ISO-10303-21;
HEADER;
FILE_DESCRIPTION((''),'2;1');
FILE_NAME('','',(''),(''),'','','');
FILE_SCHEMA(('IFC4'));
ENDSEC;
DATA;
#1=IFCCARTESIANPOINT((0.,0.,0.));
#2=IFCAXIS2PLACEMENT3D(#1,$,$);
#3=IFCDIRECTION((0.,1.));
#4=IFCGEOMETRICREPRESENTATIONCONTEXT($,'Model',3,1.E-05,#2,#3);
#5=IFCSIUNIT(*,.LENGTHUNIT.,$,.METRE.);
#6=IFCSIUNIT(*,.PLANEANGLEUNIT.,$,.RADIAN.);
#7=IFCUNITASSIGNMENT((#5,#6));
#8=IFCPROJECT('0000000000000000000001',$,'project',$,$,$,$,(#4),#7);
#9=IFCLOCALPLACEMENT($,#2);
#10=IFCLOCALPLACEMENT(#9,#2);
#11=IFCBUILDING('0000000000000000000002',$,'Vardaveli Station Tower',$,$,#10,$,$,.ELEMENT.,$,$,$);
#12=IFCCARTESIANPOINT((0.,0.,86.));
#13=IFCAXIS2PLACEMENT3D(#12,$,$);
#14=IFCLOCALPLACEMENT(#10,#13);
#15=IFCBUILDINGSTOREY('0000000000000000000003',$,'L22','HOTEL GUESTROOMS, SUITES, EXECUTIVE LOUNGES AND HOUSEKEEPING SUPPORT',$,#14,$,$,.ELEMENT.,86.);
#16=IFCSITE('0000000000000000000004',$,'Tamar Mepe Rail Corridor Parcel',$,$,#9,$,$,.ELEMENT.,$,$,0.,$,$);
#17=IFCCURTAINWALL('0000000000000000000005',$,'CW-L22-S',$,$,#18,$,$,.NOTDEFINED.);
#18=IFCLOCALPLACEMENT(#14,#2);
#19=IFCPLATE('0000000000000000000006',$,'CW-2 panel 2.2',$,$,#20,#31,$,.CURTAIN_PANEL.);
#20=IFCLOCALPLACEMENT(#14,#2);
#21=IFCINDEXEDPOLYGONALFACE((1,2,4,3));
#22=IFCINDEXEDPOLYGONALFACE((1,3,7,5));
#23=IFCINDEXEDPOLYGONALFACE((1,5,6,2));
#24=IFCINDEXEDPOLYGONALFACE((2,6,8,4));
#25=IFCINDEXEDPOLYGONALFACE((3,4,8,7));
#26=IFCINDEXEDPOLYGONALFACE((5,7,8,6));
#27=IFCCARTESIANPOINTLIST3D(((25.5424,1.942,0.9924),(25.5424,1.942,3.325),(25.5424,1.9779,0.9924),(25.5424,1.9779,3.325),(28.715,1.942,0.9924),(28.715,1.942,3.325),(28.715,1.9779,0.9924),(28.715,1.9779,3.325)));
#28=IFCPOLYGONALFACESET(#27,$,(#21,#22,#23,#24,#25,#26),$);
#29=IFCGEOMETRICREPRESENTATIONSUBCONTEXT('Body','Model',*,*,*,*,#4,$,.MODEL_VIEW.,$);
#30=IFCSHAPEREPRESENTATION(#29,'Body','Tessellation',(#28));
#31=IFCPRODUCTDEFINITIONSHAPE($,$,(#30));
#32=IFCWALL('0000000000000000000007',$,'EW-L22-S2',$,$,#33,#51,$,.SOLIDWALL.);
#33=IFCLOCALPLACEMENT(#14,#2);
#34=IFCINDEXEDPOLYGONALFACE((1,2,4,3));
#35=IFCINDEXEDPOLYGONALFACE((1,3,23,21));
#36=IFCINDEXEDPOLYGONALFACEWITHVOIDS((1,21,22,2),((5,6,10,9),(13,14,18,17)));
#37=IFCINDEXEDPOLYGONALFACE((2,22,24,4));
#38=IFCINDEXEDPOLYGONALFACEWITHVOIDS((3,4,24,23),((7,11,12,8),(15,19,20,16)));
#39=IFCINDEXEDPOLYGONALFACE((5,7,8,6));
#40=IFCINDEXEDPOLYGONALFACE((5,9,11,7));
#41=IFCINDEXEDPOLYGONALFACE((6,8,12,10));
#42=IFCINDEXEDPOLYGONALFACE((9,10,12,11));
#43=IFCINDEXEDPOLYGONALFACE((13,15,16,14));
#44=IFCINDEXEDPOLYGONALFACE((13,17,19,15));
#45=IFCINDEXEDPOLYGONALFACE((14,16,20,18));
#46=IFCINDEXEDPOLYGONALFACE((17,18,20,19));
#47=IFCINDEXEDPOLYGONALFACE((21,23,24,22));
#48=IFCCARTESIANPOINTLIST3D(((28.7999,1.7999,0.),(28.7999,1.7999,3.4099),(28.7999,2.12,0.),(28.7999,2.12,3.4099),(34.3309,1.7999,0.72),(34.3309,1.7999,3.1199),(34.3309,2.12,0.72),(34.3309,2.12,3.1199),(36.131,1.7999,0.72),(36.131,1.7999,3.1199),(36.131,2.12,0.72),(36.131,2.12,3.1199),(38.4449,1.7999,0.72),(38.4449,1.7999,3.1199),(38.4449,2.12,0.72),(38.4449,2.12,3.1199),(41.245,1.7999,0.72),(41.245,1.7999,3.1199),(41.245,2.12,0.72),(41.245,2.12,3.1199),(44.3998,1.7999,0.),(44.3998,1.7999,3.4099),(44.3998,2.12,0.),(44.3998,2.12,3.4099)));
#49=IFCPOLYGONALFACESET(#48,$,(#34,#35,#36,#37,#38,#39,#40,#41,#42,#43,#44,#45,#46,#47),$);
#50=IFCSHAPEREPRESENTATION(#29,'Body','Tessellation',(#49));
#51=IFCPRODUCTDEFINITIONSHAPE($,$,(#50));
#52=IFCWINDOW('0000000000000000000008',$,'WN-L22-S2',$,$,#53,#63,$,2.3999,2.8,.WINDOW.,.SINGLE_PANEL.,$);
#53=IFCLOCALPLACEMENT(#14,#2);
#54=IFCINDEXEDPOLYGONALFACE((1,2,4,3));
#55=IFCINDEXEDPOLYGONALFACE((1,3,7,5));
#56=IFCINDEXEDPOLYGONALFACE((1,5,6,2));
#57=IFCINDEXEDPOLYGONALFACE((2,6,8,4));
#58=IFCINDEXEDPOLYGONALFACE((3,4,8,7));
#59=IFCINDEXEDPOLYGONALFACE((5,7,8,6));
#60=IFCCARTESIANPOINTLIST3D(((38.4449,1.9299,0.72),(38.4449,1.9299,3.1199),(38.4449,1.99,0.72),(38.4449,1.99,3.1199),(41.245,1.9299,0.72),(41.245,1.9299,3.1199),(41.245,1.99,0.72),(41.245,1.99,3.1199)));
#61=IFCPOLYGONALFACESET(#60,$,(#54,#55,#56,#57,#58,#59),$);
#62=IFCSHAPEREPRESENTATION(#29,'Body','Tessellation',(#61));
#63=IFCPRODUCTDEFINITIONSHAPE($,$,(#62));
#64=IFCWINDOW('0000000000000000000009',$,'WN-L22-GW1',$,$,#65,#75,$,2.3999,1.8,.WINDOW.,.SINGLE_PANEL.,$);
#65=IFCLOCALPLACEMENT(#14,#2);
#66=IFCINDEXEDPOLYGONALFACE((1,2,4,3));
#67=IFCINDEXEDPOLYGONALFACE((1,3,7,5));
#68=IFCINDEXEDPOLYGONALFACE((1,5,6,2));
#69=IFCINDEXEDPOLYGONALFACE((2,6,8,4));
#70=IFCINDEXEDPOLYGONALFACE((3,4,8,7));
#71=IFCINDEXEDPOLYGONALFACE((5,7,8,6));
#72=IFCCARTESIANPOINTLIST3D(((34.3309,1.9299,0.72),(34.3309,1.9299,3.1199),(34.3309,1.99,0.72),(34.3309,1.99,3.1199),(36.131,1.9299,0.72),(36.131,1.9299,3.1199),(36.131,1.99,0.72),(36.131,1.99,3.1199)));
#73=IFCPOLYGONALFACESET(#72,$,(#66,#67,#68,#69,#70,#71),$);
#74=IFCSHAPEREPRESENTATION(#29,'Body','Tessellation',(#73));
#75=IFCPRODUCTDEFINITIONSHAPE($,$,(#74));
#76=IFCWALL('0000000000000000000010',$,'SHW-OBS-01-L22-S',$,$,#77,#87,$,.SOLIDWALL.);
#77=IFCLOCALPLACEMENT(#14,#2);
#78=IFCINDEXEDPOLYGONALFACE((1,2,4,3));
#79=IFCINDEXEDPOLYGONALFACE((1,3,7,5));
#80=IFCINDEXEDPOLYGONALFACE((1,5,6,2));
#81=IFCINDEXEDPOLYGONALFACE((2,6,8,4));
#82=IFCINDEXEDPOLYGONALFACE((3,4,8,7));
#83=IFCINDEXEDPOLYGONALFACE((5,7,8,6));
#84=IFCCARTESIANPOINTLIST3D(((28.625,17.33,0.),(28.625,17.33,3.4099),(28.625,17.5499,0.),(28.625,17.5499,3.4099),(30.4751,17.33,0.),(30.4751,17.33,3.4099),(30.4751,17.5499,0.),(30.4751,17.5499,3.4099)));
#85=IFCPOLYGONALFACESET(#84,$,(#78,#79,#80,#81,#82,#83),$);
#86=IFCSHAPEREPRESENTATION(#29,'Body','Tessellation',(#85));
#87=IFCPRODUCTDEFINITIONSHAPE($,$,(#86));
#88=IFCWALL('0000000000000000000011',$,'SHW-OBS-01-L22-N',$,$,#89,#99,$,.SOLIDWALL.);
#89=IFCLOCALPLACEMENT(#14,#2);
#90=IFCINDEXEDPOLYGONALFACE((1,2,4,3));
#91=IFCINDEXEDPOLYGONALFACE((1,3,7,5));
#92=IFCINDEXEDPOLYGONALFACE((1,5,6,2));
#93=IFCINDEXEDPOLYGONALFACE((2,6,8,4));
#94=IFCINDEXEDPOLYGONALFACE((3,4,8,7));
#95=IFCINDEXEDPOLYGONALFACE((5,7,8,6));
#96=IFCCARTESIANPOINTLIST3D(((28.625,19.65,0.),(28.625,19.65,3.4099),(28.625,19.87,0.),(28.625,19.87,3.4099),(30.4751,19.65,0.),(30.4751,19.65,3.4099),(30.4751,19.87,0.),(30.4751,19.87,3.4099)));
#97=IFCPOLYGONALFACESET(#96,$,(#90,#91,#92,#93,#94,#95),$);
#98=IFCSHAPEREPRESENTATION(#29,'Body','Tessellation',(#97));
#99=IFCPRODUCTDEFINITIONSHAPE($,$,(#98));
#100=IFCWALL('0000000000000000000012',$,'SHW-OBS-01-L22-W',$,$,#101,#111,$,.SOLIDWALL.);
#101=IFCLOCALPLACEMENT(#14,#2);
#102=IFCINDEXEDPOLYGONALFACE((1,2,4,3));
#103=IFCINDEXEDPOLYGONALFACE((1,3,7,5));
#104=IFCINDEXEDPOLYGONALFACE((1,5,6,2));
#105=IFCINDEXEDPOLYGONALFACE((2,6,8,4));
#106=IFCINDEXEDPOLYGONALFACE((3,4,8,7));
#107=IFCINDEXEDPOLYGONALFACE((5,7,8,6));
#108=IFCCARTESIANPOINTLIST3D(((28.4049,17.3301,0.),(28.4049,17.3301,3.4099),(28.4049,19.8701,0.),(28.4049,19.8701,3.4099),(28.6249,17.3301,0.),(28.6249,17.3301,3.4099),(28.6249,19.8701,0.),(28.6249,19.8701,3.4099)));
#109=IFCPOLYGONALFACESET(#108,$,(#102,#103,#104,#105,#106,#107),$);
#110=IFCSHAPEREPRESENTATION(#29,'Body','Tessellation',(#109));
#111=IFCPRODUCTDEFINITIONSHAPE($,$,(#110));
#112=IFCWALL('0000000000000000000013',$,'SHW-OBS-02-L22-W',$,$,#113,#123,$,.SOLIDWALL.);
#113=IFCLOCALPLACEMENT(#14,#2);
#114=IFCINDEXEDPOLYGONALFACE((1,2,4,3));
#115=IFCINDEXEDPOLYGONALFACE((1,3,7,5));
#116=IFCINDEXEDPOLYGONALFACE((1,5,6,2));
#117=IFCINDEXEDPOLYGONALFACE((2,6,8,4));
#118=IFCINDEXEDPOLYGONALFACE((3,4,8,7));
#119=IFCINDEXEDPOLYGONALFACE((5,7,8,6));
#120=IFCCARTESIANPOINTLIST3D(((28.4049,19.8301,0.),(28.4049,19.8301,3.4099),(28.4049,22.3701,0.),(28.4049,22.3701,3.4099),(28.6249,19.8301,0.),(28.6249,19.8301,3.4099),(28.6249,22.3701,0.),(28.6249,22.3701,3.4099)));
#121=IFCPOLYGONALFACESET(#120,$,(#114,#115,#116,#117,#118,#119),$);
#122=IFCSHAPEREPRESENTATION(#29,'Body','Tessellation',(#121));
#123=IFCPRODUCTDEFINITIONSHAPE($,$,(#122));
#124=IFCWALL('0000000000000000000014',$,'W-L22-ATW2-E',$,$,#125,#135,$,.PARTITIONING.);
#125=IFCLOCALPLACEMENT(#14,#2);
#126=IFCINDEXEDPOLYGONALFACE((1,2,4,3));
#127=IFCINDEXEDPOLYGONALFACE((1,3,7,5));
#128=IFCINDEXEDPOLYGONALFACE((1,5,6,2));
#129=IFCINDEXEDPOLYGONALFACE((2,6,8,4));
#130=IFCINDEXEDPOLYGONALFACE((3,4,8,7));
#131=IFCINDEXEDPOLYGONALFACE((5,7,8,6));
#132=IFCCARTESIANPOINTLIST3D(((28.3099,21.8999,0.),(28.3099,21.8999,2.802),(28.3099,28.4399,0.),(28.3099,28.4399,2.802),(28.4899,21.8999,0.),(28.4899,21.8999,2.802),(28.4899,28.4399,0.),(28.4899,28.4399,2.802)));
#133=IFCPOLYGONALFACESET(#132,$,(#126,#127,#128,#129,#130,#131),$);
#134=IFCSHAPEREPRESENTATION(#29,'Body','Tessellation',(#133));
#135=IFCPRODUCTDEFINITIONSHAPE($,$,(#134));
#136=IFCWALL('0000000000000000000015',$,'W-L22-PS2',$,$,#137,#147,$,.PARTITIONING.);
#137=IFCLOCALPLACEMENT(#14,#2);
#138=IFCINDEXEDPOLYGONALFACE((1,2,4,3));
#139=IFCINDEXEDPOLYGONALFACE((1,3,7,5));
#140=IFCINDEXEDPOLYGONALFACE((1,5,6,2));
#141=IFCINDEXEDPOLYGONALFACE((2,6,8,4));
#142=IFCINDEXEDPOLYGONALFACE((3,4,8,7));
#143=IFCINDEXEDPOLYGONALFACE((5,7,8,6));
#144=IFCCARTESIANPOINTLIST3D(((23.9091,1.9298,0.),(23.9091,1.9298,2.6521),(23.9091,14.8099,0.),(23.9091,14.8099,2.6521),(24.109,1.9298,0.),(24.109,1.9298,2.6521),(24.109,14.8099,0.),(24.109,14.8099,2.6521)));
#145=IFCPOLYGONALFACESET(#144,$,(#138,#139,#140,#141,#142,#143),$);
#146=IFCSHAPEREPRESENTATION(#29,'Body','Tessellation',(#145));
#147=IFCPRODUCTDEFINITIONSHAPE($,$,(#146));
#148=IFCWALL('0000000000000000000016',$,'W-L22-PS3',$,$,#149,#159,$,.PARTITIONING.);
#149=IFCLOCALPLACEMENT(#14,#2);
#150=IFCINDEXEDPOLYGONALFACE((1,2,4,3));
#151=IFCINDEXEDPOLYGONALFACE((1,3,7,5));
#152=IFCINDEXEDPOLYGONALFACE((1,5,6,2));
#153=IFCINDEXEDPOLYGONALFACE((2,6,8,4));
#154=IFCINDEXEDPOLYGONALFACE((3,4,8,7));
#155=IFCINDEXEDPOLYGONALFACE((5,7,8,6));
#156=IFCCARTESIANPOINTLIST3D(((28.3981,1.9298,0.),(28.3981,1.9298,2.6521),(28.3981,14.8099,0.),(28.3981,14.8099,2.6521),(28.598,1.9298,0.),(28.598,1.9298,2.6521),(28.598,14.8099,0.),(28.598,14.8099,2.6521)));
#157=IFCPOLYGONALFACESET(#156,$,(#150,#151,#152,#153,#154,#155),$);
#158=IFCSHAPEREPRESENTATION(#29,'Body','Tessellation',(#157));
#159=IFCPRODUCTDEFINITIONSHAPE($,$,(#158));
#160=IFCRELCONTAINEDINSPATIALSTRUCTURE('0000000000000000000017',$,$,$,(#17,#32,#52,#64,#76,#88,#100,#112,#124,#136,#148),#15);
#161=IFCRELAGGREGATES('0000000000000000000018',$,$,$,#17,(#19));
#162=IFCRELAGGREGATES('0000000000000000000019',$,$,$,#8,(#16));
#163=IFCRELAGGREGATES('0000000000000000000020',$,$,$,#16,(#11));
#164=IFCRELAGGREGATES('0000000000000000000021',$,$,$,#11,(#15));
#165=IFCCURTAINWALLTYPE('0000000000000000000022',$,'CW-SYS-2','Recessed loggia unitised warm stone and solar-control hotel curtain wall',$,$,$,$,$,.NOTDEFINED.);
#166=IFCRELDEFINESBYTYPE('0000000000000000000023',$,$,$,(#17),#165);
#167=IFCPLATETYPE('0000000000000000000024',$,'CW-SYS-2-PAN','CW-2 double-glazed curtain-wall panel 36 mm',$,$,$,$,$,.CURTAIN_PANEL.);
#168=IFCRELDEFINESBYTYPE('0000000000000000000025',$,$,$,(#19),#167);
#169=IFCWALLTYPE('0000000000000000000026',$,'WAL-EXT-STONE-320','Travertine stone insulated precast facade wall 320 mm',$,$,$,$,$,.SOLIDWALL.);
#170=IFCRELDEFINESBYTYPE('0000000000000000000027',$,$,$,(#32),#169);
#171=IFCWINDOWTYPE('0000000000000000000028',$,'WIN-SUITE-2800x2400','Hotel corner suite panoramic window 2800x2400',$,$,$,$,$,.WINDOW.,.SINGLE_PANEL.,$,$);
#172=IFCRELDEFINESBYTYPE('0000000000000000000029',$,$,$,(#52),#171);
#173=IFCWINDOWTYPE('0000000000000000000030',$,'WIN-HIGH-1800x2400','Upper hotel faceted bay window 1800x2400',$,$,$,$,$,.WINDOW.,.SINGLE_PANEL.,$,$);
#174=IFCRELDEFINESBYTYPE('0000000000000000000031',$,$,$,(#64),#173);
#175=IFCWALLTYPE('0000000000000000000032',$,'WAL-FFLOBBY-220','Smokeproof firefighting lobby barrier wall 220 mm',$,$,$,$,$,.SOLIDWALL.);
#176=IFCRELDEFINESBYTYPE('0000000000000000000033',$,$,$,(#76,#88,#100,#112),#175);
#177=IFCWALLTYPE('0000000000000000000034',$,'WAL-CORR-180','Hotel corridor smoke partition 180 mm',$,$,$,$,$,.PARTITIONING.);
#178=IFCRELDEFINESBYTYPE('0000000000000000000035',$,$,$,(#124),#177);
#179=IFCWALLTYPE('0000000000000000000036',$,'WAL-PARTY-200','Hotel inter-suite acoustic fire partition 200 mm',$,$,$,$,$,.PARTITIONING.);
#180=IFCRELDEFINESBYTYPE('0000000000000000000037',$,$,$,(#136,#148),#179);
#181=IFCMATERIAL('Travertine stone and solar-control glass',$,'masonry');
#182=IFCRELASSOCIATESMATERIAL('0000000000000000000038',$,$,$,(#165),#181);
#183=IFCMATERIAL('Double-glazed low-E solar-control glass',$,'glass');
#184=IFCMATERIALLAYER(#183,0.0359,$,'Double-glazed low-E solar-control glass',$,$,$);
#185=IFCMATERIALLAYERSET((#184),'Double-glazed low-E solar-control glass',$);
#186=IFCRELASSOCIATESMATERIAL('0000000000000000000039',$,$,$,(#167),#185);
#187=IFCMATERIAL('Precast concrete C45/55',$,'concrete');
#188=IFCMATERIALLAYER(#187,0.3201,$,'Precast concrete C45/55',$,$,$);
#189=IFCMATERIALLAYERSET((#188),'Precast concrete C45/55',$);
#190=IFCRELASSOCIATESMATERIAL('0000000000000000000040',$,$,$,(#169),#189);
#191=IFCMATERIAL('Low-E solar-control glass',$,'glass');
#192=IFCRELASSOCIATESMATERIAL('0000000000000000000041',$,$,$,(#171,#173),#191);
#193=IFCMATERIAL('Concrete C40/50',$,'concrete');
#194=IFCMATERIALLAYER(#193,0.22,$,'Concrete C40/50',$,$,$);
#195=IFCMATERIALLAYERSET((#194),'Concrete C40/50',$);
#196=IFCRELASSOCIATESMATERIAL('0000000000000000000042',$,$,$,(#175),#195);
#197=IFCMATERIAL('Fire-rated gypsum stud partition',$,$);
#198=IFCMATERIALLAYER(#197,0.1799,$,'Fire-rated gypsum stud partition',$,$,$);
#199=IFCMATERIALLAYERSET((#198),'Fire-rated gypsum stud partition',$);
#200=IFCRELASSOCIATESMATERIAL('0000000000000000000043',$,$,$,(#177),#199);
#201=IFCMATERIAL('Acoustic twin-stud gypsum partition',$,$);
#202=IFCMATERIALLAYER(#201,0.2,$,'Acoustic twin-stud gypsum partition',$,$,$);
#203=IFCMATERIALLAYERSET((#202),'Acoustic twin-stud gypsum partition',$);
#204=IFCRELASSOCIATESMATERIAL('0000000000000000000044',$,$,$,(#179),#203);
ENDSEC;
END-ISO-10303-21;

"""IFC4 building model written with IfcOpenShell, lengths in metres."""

from ifc_helpers import new_model, si_unit, direction, frame, frame_2d, origin, origin_2d, place, context, subcontext, project, spatial, rectangle, extrude, source, transform, mapped, material, layer, layer_set, type_object, element, fill, aggregate, save


model = new_model("IFC4")

# Units and contexts
model_context = context("Model", 3, precision=1e-05, world=origin(), true_north=direction((0.0, 1.0)))
body_context = subcontext(model_context, "Body", "Model", "MODEL_VIEW")
ifc_project = project(units=[si_unit("LENGTHUNIT", "METRE"), si_unit("PLANEANGLEUNIT", "RADIAN")], contexts=[model_context])

# Site, building, storey
site_placement = place(None, origin())
site = spatial("IfcSite", under=ifc_project, at=site_placement, Name="Tamar Mepe Rail Corridor Parcel", CompositionType="ELEMENT", RefElevation=0.0)
building_placement = place(site_placement, origin())
building = spatial("IfcBuilding", under=site, at=building_placement, Name="Vardaveli Station Tower", CompositionType="ELEMENT")
storey_placement = place(building_placement, frame((0.0, 0.0, 86.0)))
storey = spatial("IfcBuildingStorey", under=building, at=storey_placement, Name="L22", Description="HOTEL GUESTROOMS, SUITES, EXECUTIVE LOUNGES AND HOUSEKEEPING SUPPORT", CompositionType="ELEMENT", Elevation=86.0)

# Curtain wall, plate
ifc_material_1 = material(Name="Travertine stone and solar-control glass", Category="masonry")
curtain_wall_type = type_object("IfcCurtainWallType", Name="CW-SYS-2", Description="Recessed loggia unitised warm stone and solar-control hotel curtain wall", PredefinedType="NOTDEFINED", material=ifc_material_1)
curtain_wall_placement = place(storey_placement, origin())
curtain_wall = element("IfcCurtainWall", 1, at=curtain_wall_placement, inside=storey, type_object=curtain_wall_type, Name="CW-L22-S", PredefinedType="NOTDEFINED")
ifc_material_2 = material(Name="Double-glazed low-E solar-control glass", Category="glass")
ifc_layer_1 = layer(ifc_material_2, 0.0359, Name="Double-glazed low-E solar-control glass")
ifc_layer_set_1 = layer_set([ifc_layer_1], Name="Double-glazed low-E solar-control glass")
plate_type = type_object("IfcPlateType", Name="CW-SYS-2-PAN", Description="CW-2 double-glazed curtain-wall panel 36 mm", PredefinedType="CURTAIN_PANEL", material=ifc_layer_set_1)
shared_shape_1 = source(origin(), body_context, "Body", "SweptSolid", [
    extrude(rectangle(XDim=3.1726, YDim=0.0359, at=origin_2d()), origin(), (0.0, 0.0, 1.0), 2.3325),
])
plate_1_placement = place(storey_placement, frame((27.1287, 1.96, 0.9924), z_axis=(0.0, 0.0, 1.0), x_axis=(1.0, 0.0, 0.0)))
plate_1 = element("IfcPlate", 2, at=plate_1_placement, type_object=plate_type, Name="CW-2 panel 2.2", PredefinedType="CURTAIN_PANEL", context=body_context, shape_type="MappedRepresentation", body=[
    mapped(shared_shape_1, transform((0.0, 0.0, 0.0), scale=1.0)),
])
aggregate(curtain_wall, [plate_1])

# Wall, openings, windows
ifc_material_3 = material(Name="Precast concrete C45/55", Category="concrete")
ifc_layer_2 = layer(ifc_material_3, 0.3201, Name="Precast concrete C45/55")
ifc_layer_set_2 = layer_set([ifc_layer_2], Name="Precast concrete C45/55")
wall_type_1 = type_object("IfcWallType", Name="WAL-EXT-STONE-320", Description="Travertine stone insulated precast facade wall 320 mm", PredefinedType="SOLIDWALL", material=ifc_layer_set_2)
shared_shape_2 = source(origin(), body_context, "Body", "SweptSolid", [
    extrude(rectangle(XDim=15.5999, YDim=0.3201, at=frame_2d((7.7998, 0.0))), origin(), (0.0, 0.0, 1.0), 3.4099),
])
wall_1_placement = place(storey_placement, frame((28.8, 1.96, 0.0), z_axis=(0.0, 0.0, 1.0), x_axis=(1.0, 0.0, 0.0)))
wall_1 = element("IfcWall", 3, at=wall_1_placement, inside=storey, type_object=wall_type_1, Name="EW-L22-S2", PredefinedType="SOLIDWALL", context=body_context, shape_type="MappedRepresentation", body=[
    mapped(shared_shape_2, transform((0.0, 0.0, 0.0), scale=1.0)),
])
shared_shape_3 = source(origin(), body_context, "Body", "SweptSolid", [
    extrude(rectangle(XDim=2.8, YDim=2.3999, at=frame_2d((1.3999, 1.2))), frame((0.0, 0.1699, 0.0), z_axis=(0.0, -1.0, 0.0), x_axis=(1.0, 0.0, 0.0)), (0.0, 0.0, 1.0), 0.3401),
])
opening_1_placement = place(wall_1_placement, frame((9.645, 0.0, 0.72)))
opening_1 = element("IfcOpeningElement", 4, at=opening_1_placement, cuts=wall_1, PredefinedType="OPENING", context=body_context, shape_type="MappedRepresentation", body=[
    mapped(shared_shape_3, transform((0.0, 0.0, 0.0), scale=1.0)),
])
shared_shape_4 = source(origin(), body_context, "Body", "SweptSolid", [
    extrude(rectangle(XDim=1.8, YDim=2.3999, at=frame_2d((0.8999, 1.2))), frame((0.0, 0.1699, 0.0), z_axis=(0.0, -1.0, 0.0), x_axis=(1.0, 0.0, 0.0)), (0.0, 0.0, 1.0), 0.3401),
])
opening_2_placement = place(wall_1_placement, frame((5.531, 0.0, 0.72)))
opening_2 = element("IfcOpeningElement", 5, at=opening_2_placement, cuts=wall_1, PredefinedType="OPENING", context=body_context, shape_type="MappedRepresentation", body=[
    mapped(shared_shape_4, transform((0.0, 0.0, 0.0), scale=1.0)),
])
ifc_material_4 = material(Name="Low-E solar-control glass", Category="glass")
window_type_1 = type_object("IfcWindowType", Name="WIN-SUITE-2800x2400", Description="Hotel corner suite panoramic window 2800x2400", PartitioningType="SINGLE_PANEL", PredefinedType="WINDOW", material=ifc_material_4)
shared_shape_5 = source(origin(), body_context, "Body", "SweptSolid", [
    extrude(rectangle(XDim=2.8, YDim=2.3999, at=frame_2d((1.3999, 1.2))), frame((0.0, 0.03, 0.0), z_axis=(0.0, -1.0, 0.0), x_axis=(1.0, 0.0, 0.0)), (0.0, 0.0, 1.0), 0.0601),
])
window_1_placement = place(opening_1_placement, origin())
window_1 = element("IfcWindow", 6, at=window_1_placement, inside=storey, type_object=window_type_1, Name="WN-L22-S2", OverallHeight=2.3999, OverallWidth=2.8, PartitioningType="SINGLE_PANEL", PredefinedType="WINDOW", context=body_context, shape_type="MappedRepresentation", body=[
    mapped(shared_shape_5, transform((0.0, 0.0, 0.0), scale=1.0)),
])
fill(opening_1, window_1)
window_type_2 = type_object("IfcWindowType", Name="WIN-HIGH-1800x2400", Description="Upper hotel faceted bay window 1800x2400", PartitioningType="SINGLE_PANEL", PredefinedType="WINDOW", material=ifc_material_4)
shared_shape_6 = source(origin(), body_context, "Body", "SweptSolid", [
    extrude(rectangle(XDim=1.8, YDim=2.3999, at=frame_2d((0.8999, 1.2))), frame((0.0, 0.03, 0.0), z_axis=(0.0, -1.0, 0.0), x_axis=(1.0, 0.0, 0.0)), (0.0, 0.0, 1.0), 0.0601),
])
window_2_placement = place(opening_2_placement, origin())
window_2 = element("IfcWindow", 7, at=window_2_placement, inside=storey, type_object=window_type_2, Name="WN-L22-GW1", OverallHeight=2.3999, OverallWidth=1.8, PartitioningType="SINGLE_PANEL", PredefinedType="WINDOW", context=body_context, shape_type="MappedRepresentation", body=[
    mapped(shared_shape_6, transform((0.0, 0.0, 0.0), scale=1.0)),
])
fill(opening_2, window_2)

# Walls
ifc_material_5 = material(Name="Concrete C40/50", Category="concrete")
ifc_layer_3 = layer(ifc_material_5, 0.22, Name="Concrete C40/50")
ifc_layer_set_3 = layer_set([ifc_layer_3], Name="Concrete C40/50")
wall_type_2 = type_object("IfcWallType", Name="WAL-FFLOBBY-220", Description="Smokeproof firefighting lobby barrier wall 220 mm", PredefinedType="SOLIDWALL", material=ifc_layer_set_3)
shared_shape_7 = source(origin(), body_context, "Body", "SweptSolid", [
    extrude(rectangle(XDim=1.8501, YDim=0.22, at=frame_2d((0.925, 0.0))), origin(), (0.0, 0.0, 1.0), 3.4099),
])
for number, where, z_axis, x_axis, name in (
    (8, (28.625, 17.4399, 0.0), (0.0, 0.0, 1.0), (1.0, 0.0, 0.0), "SHW-OBS-01-L22-S"),
    (9, (28.625, 19.76, 0.0), (0.0, 0.0, 1.0), (1.0, 0.0, 0.0), "SHW-OBS-01-L22-N"),
):
    element("IfcWall", number, at=place(storey_placement, frame(where, z_axis=z_axis, x_axis=x_axis)), inside=storey, type_object=wall_type_2, Name=name, PredefinedType="SOLIDWALL", context=body_context, shape_type="MappedRepresentation", body=[
        mapped(shared_shape_7, transform((0.0, 0.0, 0.0), scale=1.0)),
    ])
shared_shape_8 = source(origin(), body_context, "Body", "SweptSolid", [
    extrude(rectangle(XDim=2.54, YDim=0.22, at=frame_2d((1.27, 0.0))), origin(), (0.0, 0.0, 1.0), 3.4099),
])
for number, where, z_axis, x_axis, name in (
    (10, (28.5149, 17.3301, 0.0), (0.0, 0.0, 1.0), (0.0, 1.0, 0.0), "SHW-OBS-01-L22-W"),
    (11, (28.5149, 19.8301, 0.0), (0.0, 0.0, 1.0), (0.0, 1.0, 0.0), "SHW-OBS-02-L22-W"),
):
    element("IfcWall", number, at=place(storey_placement, frame(where, z_axis=z_axis, x_axis=x_axis)), inside=storey, type_object=wall_type_2, Name=name, PredefinedType="SOLIDWALL", context=body_context, shape_type="MappedRepresentation", body=[
        mapped(shared_shape_8, transform((0.0, 0.0, 0.0), scale=1.0)),
    ])
ifc_material_6 = material(Name="Fire-rated gypsum stud partition")
ifc_layer_4 = layer(ifc_material_6, 0.1799, Name="Fire-rated gypsum stud partition")
ifc_layer_set_4 = layer_set([ifc_layer_4], Name="Fire-rated gypsum stud partition")
wall_type_3 = type_object("IfcWallType", Name="WAL-CORR-180", Description="Hotel corridor smoke partition 180 mm", PredefinedType="PARTITIONING", material=ifc_layer_set_4)
shared_shape_9 = source(origin(), body_context, "Body", "SweptSolid", [
    extrude(rectangle(XDim=6.54, YDim=0.1799, at=frame_2d((3.27, 0.0))), origin(), (0.0, 0.0, 1.0), 2.802),
])
wall_2_placement = place(storey_placement, frame((28.3999, 21.8999, 0.0), z_axis=(0.0, 0.0, 1.0), x_axis=(0.0, 1.0, 0.0)))
element("IfcWall", 12, at=wall_2_placement, inside=storey, type_object=wall_type_3, Name="W-L22-ATW2-E", PredefinedType="PARTITIONING", context=body_context, shape_type="MappedRepresentation", body=[
    mapped(shared_shape_9, transform((0.0, 0.0, 0.0), scale=1.0)),
])
ifc_material_7 = material(Name="Acoustic twin-stud gypsum partition")
ifc_layer_5 = layer(ifc_material_7, 0.2, Name="Acoustic twin-stud gypsum partition")
ifc_layer_set_5 = layer_set([ifc_layer_5], Name="Acoustic twin-stud gypsum partition")
wall_type_4 = type_object("IfcWallType", Name="WAL-PARTY-200", Description="Hotel inter-suite acoustic fire partition 200 mm", PredefinedType="PARTITIONING", material=ifc_layer_set_5)
shared_shape_10 = source(origin(), body_context, "Body", "SweptSolid", [
    extrude(rectangle(XDim=12.8801, YDim=0.2, at=frame_2d((6.4399, 0.0))), origin(), (0.0, 0.0, 1.0), 2.6521),
])
for number, where, z_axis, x_axis, name in (
    (13, (24.009, 1.9299, 0.0), (0.0, 0.0, 1.0), (0.0, 1.0, 0.0), "W-L22-PS2"),
    (14, (28.498, 1.9299, 0.0), (0.0, 0.0, 1.0), (0.0, 1.0, 0.0), "W-L22-PS3"),
):
    element("IfcWall", number, at=place(storey_placement, frame(where, z_axis=z_axis, x_axis=x_axis)), inside=storey, type_object=wall_type_4, Name=name, PredefinedType="PARTITIONING", context=body_context, shape_type="MappedRepresentation", body=[
        mapped(shared_shape_10, transform((0.0, 0.0, 0.0), scale=1.0)),
    ])

save(model, "model.ifc")
